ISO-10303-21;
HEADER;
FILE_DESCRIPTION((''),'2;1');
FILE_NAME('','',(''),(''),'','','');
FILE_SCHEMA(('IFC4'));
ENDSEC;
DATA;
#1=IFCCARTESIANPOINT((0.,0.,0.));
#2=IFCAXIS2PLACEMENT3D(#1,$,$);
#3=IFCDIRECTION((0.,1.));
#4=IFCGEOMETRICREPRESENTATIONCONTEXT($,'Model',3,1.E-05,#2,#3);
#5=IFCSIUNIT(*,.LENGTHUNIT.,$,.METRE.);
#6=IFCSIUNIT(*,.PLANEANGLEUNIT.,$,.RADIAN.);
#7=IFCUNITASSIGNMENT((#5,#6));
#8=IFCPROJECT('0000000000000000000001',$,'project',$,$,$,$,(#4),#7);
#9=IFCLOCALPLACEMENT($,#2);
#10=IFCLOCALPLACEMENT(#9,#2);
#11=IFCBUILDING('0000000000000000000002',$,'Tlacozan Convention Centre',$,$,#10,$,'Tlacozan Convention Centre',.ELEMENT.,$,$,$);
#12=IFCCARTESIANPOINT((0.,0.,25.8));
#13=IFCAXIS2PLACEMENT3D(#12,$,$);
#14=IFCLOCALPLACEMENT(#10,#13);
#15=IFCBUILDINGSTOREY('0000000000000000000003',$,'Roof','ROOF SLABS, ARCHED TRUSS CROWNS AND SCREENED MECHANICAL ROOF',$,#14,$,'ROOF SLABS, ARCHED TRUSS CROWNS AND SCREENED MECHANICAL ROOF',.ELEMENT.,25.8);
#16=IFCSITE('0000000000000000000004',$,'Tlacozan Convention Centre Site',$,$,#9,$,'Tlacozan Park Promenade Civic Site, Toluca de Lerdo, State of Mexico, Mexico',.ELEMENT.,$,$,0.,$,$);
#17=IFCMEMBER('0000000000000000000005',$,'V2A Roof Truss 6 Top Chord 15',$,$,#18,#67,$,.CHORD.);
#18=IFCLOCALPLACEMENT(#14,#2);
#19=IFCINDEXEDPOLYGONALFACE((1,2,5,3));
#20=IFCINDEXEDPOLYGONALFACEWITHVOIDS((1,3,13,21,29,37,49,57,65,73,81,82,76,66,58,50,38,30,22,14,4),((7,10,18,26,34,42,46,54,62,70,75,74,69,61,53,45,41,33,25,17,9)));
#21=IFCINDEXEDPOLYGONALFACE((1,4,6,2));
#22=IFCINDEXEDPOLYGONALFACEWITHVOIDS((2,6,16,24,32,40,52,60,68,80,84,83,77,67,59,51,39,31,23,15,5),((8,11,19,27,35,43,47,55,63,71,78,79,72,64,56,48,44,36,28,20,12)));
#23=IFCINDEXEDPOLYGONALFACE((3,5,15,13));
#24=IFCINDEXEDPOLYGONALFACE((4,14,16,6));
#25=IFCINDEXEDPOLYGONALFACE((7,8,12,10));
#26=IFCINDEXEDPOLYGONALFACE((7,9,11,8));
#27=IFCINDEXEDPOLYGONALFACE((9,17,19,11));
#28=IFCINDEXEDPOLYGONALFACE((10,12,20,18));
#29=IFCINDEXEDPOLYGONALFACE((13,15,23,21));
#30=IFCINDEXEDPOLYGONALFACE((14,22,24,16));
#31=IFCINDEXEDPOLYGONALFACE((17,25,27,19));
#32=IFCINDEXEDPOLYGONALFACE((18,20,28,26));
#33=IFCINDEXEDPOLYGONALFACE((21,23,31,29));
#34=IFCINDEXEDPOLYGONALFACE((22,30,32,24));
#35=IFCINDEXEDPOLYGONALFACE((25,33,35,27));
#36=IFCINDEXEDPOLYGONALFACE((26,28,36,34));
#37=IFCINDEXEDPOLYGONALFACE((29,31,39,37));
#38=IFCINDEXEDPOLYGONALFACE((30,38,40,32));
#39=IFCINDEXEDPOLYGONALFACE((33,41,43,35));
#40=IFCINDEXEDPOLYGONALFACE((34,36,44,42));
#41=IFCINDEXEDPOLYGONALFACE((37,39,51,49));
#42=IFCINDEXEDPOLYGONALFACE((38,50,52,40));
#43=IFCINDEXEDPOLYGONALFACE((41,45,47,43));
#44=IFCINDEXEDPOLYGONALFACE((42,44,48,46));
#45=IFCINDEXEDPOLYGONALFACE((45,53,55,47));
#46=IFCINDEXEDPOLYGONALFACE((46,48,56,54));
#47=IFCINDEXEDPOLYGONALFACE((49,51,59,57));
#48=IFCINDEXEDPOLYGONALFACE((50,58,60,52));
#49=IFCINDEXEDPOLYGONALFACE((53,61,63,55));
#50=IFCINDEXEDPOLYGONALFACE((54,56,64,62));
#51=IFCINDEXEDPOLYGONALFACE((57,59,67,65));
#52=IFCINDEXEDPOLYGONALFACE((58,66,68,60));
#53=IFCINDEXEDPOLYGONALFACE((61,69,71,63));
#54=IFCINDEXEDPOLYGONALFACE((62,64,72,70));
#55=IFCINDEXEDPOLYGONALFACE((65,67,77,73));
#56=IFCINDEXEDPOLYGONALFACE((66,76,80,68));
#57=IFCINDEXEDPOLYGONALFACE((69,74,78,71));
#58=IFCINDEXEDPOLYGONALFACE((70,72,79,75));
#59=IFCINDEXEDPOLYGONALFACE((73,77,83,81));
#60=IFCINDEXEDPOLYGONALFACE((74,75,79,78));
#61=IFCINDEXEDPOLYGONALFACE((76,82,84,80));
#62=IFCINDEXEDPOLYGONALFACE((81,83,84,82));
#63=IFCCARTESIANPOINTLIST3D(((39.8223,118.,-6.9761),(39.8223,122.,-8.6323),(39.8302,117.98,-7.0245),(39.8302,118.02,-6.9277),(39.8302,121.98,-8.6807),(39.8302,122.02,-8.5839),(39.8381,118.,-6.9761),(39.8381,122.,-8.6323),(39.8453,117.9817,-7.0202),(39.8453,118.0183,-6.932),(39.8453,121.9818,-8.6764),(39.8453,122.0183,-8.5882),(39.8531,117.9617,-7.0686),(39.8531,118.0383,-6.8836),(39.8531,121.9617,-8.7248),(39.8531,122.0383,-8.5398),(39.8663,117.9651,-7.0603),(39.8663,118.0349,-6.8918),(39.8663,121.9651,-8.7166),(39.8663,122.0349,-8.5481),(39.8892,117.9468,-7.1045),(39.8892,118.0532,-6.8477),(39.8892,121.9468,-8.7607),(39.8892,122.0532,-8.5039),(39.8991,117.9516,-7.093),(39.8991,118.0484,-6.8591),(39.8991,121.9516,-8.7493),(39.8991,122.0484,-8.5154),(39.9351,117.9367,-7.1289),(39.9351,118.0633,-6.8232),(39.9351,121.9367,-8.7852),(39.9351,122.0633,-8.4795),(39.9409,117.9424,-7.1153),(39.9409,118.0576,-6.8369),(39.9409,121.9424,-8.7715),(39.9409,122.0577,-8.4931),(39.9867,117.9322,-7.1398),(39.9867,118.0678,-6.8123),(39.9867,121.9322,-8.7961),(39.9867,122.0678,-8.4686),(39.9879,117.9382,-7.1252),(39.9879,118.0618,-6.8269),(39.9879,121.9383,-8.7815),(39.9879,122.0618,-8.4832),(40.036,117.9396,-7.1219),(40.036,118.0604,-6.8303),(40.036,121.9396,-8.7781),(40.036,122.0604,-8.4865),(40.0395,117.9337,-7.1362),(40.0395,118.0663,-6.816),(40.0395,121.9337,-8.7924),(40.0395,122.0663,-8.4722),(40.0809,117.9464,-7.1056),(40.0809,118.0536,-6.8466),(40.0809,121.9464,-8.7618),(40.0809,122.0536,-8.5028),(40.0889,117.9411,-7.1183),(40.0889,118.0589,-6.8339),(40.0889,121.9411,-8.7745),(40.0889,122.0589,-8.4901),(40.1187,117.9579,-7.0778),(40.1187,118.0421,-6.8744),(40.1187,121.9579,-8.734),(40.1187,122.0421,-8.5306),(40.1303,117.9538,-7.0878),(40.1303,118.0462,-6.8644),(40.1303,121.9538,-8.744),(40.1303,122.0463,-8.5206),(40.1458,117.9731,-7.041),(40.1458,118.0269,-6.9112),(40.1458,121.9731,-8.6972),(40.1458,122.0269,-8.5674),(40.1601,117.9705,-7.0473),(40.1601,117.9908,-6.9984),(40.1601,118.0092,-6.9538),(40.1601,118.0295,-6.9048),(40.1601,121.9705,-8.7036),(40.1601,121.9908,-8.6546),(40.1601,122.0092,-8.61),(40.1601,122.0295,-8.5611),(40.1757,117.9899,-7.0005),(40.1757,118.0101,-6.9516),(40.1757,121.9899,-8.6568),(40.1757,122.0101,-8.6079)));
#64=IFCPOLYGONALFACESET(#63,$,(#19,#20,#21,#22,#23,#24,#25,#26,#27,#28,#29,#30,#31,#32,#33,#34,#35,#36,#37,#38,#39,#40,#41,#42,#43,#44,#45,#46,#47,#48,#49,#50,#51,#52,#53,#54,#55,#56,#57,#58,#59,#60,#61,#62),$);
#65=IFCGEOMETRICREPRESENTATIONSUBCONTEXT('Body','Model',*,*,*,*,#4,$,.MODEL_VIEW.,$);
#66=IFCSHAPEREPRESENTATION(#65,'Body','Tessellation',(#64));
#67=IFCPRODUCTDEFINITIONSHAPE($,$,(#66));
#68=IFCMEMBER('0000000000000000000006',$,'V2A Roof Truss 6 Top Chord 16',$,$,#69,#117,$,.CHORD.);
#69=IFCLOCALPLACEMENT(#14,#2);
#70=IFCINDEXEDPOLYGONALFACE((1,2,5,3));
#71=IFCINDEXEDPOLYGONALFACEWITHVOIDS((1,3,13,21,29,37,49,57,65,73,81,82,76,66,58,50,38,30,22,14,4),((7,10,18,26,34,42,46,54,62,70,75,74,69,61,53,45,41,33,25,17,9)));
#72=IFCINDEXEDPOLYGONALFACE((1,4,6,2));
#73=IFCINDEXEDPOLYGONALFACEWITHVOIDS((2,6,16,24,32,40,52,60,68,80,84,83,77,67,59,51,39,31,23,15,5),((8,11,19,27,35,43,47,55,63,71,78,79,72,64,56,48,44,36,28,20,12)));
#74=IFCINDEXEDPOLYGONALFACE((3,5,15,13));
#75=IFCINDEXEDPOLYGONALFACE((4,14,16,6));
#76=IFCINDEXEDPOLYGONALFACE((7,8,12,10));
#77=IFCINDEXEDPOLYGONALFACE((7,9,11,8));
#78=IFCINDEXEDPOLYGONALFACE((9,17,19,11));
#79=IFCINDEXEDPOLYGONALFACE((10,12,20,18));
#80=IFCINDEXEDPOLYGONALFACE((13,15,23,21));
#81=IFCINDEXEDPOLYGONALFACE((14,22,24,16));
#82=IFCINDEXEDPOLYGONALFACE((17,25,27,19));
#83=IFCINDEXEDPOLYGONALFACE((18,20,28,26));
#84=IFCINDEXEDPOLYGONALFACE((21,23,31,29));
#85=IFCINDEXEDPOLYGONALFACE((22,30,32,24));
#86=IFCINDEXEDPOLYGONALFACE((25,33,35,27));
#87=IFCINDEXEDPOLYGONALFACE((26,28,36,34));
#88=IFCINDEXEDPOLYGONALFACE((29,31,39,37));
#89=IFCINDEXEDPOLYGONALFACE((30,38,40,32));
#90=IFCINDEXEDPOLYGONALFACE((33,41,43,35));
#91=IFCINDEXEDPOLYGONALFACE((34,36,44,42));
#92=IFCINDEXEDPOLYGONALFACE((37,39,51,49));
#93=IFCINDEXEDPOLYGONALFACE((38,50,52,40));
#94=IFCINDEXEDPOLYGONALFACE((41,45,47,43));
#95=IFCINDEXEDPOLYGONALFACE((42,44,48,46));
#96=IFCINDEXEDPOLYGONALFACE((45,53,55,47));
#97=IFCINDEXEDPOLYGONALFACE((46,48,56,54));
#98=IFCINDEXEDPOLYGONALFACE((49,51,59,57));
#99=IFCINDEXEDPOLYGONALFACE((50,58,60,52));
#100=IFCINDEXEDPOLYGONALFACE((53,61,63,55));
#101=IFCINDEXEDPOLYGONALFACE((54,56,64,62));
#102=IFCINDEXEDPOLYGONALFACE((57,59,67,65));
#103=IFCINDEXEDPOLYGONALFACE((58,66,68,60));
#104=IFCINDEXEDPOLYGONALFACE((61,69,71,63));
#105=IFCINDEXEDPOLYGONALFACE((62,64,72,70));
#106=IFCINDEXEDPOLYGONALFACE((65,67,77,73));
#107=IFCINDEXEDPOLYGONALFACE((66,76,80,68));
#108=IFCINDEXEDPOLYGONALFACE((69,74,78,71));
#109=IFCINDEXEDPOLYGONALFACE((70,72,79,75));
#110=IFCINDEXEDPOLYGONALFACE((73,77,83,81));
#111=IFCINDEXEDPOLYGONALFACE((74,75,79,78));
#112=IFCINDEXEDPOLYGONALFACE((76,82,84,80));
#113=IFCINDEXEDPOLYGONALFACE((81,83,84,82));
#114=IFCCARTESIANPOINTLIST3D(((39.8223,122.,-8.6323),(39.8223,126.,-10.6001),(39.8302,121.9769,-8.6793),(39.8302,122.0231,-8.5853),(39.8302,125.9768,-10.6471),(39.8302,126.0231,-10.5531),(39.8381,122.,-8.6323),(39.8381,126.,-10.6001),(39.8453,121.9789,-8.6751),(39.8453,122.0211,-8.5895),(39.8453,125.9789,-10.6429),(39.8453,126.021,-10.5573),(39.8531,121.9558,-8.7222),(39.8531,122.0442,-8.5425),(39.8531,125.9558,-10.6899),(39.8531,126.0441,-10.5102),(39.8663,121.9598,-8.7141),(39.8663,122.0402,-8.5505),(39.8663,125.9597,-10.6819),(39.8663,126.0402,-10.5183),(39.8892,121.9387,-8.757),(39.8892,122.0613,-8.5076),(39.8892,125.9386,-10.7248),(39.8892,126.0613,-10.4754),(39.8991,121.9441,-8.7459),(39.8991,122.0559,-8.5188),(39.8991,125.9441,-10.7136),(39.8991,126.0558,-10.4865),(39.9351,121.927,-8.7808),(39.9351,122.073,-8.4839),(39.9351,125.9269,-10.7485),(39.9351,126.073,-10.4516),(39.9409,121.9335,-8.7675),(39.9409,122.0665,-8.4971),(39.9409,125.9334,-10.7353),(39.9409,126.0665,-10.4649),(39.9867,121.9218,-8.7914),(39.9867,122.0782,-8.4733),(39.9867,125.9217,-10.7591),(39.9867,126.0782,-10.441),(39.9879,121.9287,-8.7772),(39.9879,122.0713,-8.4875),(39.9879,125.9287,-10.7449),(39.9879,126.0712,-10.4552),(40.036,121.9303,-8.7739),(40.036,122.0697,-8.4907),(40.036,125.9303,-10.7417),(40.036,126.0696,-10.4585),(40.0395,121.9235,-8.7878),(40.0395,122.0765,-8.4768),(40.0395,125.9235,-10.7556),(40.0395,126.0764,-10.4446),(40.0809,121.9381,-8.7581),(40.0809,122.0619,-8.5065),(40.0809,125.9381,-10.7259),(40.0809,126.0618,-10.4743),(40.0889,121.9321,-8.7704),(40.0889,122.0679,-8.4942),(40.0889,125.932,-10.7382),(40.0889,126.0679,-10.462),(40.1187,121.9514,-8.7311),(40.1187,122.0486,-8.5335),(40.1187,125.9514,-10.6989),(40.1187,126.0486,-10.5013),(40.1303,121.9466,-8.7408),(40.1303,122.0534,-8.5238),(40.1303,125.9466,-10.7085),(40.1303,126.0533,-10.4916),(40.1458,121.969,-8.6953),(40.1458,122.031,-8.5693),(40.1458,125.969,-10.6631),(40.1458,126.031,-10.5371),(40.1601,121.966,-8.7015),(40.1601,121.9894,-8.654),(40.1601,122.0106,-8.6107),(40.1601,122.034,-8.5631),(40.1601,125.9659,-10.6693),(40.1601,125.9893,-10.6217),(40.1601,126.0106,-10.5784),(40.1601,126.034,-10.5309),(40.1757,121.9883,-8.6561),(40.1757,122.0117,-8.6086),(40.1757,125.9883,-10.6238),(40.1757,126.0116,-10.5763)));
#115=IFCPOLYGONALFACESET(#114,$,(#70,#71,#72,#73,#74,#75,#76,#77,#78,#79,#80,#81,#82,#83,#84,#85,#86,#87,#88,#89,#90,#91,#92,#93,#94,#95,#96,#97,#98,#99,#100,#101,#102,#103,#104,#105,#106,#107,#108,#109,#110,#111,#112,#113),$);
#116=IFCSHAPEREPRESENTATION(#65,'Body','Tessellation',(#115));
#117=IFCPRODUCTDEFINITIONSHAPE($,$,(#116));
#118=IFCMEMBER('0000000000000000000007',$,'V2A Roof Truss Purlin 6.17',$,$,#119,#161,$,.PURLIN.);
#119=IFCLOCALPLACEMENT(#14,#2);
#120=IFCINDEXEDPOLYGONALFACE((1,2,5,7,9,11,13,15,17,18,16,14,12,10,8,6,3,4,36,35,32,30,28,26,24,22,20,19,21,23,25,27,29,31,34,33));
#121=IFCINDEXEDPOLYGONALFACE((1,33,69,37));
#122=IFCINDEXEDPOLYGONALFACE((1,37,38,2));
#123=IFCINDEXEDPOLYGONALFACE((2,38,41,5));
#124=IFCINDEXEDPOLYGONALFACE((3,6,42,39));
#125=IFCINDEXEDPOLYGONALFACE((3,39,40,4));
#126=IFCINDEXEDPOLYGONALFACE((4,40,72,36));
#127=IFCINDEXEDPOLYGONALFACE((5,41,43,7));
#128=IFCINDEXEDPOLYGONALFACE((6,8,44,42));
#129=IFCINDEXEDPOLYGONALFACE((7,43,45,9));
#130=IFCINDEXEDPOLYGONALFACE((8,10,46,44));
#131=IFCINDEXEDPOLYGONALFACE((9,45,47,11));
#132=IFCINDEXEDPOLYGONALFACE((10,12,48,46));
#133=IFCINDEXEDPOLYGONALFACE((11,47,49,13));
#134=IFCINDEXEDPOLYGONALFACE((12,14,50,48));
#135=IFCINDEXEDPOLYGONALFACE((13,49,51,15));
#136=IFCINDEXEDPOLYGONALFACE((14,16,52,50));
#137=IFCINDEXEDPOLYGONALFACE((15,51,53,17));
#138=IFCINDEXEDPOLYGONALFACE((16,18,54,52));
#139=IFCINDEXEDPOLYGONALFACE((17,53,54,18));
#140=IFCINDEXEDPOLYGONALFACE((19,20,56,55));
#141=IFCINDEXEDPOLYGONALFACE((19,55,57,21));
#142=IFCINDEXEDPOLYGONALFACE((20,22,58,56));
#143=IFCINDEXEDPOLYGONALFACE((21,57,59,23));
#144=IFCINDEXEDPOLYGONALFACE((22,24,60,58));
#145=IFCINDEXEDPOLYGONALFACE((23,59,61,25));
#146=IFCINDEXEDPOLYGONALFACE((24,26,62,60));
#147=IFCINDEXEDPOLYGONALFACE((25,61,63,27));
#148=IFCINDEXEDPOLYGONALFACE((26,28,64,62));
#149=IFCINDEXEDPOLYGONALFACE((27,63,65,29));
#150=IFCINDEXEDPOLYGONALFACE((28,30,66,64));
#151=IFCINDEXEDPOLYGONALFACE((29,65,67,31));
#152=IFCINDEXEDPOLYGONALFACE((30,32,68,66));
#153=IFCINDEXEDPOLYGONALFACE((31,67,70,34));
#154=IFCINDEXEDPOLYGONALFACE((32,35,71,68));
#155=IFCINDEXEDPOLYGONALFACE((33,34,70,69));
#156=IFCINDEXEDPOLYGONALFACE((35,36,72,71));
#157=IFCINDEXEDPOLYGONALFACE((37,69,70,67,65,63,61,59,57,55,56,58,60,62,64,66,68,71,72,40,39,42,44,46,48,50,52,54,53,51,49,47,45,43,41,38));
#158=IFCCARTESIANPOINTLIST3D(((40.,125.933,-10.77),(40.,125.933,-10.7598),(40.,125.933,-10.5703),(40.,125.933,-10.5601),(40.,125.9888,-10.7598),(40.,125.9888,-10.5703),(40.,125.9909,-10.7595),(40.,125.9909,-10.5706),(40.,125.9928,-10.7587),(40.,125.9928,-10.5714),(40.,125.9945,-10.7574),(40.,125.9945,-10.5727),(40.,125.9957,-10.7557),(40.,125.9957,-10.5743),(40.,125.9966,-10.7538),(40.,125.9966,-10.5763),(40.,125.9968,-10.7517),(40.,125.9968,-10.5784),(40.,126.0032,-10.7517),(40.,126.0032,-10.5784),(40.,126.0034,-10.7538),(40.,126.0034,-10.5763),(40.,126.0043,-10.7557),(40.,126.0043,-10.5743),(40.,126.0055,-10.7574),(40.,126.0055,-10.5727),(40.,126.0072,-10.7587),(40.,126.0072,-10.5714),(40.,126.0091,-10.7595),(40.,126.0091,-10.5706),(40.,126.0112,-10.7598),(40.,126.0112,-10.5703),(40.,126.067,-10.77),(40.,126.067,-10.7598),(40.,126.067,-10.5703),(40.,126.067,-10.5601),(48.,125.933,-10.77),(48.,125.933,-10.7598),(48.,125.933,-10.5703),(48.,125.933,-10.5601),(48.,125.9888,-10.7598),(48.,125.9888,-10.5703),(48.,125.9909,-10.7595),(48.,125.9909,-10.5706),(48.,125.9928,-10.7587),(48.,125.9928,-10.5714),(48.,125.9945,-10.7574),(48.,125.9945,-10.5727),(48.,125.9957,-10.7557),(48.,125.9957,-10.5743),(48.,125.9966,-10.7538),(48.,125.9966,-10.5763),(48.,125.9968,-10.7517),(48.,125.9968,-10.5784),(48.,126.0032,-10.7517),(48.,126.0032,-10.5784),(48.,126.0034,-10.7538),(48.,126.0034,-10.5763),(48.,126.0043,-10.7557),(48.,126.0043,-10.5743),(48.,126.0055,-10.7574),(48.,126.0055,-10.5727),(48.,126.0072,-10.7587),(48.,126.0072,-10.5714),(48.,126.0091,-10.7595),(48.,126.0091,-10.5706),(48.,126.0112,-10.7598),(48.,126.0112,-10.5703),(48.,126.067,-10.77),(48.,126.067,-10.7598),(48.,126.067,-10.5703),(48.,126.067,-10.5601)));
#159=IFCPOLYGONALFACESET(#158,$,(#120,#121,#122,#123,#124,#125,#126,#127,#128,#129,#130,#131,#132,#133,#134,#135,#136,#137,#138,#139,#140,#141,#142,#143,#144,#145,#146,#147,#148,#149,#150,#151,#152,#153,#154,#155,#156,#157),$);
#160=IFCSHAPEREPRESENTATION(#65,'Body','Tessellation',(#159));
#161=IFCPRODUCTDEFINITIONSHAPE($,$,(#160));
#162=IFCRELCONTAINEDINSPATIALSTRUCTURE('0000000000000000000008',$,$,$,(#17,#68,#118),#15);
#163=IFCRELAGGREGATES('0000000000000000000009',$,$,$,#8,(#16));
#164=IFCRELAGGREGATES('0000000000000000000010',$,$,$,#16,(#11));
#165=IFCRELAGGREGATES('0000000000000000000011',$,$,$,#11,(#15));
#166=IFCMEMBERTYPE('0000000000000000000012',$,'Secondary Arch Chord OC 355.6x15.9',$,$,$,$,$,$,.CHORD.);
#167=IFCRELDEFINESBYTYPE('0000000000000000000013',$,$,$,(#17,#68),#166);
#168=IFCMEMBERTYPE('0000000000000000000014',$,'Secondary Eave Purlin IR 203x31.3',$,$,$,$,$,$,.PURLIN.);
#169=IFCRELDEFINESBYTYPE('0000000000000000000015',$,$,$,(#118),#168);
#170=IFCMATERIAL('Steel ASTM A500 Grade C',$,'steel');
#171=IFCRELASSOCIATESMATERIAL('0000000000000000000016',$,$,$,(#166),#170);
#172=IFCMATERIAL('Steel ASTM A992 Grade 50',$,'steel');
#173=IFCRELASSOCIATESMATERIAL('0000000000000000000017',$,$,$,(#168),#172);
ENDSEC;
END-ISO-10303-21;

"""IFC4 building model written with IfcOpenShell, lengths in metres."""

from ifc_helpers import new_model, si_unit, direction, frame, origin, origin_2d, place, context, subcontext, project, spatial, hollow_circle, i_section, extrude, material, material_profile, profile_set, type_object, element, save


model = new_model("IFC4")

# Units and contexts
model_context = context("Model", 3, precision=1e-05, world=origin(), true_north=direction((0.0, 1.0)))
body_context = subcontext(model_context, "Body", "Model", "MODEL_VIEW")
ifc_project = project(units=[si_unit("LENGTHUNIT", "METRE"), si_unit("PLANEANGLEUNIT", "RADIAN")], contexts=[model_context])

# Site, building, storey
site_placement = place(None, origin())
site = spatial("IfcSite", under=ifc_project, at=site_placement, Name="Tlacozan Convention Centre Site", LongName="Tlacozan Park Promenade Civic Site, Toluca de Lerdo, State of Mexico, Mexico", CompositionType="ELEMENT", RefElevation=0.0)
building_placement = place(site_placement, origin())
building = spatial("IfcBuilding", under=site, at=building_placement, Name="Tlacozan Convention Centre", LongName="Tlacozan Convention Centre", CompositionType="ELEMENT")
storey_placement = place(building_placement, frame((0.0, 0.0, 25.8)))
storey = spatial("IfcBuildingStorey", under=building, at=storey_placement, Name="Roof", Description="ROOF SLABS, ARCHED TRUSS CROWNS AND SCREENED MECHANICAL ROOF", LongName="ROOF SLABS, ARCHED TRUSS CROWNS AND SCREENED MECHANICAL ROOF", CompositionType="ELEMENT", Elevation=25.8)

# Members
ifc_material_1 = material(Name="Steel ASTM A500 Grade C", Category="steel")
ifc_material_2 = material(Name="Steel ASTM A992 Grade 50", Category="steel")
ifc_material_profile_1 = material_profile(ifc_material_1, hollow_circle(Radius=0.1777, WallThickness=0.0159, at=origin_2d()), Name="OC 355.6x15.9")
ifc_profile_set_1 = profile_set([ifc_material_profile_1], Name="Steel ASTM A500 Grade C")
member_type_1 = type_object("IfcMemberType", Name="Secondary Arch Chord OC 355.6x15.9", PredefinedType="CHORD", material=ifc_profile_set_1)
member_1_placement = place(storey_placement, frame((40.0, 118.0, -6.9761), z_axis=(0.0, 0.923929, -0.382564), x_axis=(-1.0, 0.0, 0.0)))
element("IfcMember", 1, at=member_1_placement, inside=storey, type_object=member_type_1, Name="V2A Roof Truss 6 Top Chord 15", PredefinedType="CHORD", context=body_context, shape_type="SweptSolid", body=[
    extrude(hollow_circle(Radius=0.1777, WallThickness=0.0159, at=origin_2d()), origin(), (0.0, 0.0, 1.0), 4.3293),
])
member_2_placement = place(storey_placement, frame((40.0, 122.0, -8.6323), z_axis=(0.0, 0.8973, -0.441421), x_axis=(-1.0, 0.0, 0.0)))
element("IfcMember", 2, at=member_2_placement, inside=storey, type_object=member_type_1, Name="V2A Roof Truss 6 Top Chord 16", PredefinedType="CHORD", context=body_context, shape_type="SweptSolid", body=[
    extrude(hollow_circle(Radius=0.1777, WallThickness=0.0159, at=origin_2d()), origin(), (0.0, 0.0, 1.0), 4.4578),
])
ifc_material_profile_2 = material_profile(ifc_material_2, i_section(OverallWidth=0.134, OverallDepth=0.21, WebThickness=0.0063, FlangeThickness=0.0103, FilletRadius=0.0081, at=origin_2d()), Name="IR 203x31.3")
ifc_profile_set_2 = profile_set([ifc_material_profile_2], Name="Steel ASTM A992 Grade 50")
member_type_2 = type_object("IfcMemberType", Name="Secondary Eave Purlin IR 203x31.3", PredefinedType="PURLIN", material=ifc_profile_set_2)
member_3_placement = place(storey_placement, frame((40.0, 126.0, -10.665), z_axis=(1.0, 0.0, 0.0), x_axis=(0.0, 1.0, 0.0)))
element("IfcMember", 3, at=member_3_placement, inside=storey, type_object=member_type_2, Name="V2A Roof Truss Purlin 6.17", PredefinedType="PURLIN", context=body_context, shape_type="SweptSolid", body=[
    extrude(i_section(OverallWidth=0.134, OverallDepth=0.21, WebThickness=0.0063, FlangeThickness=0.0103, FilletRadius=0.0081, at=origin_2d()), origin(), (0.0, 0.0, 1.0), 8.0),
])

save(model, "model.ifc")
